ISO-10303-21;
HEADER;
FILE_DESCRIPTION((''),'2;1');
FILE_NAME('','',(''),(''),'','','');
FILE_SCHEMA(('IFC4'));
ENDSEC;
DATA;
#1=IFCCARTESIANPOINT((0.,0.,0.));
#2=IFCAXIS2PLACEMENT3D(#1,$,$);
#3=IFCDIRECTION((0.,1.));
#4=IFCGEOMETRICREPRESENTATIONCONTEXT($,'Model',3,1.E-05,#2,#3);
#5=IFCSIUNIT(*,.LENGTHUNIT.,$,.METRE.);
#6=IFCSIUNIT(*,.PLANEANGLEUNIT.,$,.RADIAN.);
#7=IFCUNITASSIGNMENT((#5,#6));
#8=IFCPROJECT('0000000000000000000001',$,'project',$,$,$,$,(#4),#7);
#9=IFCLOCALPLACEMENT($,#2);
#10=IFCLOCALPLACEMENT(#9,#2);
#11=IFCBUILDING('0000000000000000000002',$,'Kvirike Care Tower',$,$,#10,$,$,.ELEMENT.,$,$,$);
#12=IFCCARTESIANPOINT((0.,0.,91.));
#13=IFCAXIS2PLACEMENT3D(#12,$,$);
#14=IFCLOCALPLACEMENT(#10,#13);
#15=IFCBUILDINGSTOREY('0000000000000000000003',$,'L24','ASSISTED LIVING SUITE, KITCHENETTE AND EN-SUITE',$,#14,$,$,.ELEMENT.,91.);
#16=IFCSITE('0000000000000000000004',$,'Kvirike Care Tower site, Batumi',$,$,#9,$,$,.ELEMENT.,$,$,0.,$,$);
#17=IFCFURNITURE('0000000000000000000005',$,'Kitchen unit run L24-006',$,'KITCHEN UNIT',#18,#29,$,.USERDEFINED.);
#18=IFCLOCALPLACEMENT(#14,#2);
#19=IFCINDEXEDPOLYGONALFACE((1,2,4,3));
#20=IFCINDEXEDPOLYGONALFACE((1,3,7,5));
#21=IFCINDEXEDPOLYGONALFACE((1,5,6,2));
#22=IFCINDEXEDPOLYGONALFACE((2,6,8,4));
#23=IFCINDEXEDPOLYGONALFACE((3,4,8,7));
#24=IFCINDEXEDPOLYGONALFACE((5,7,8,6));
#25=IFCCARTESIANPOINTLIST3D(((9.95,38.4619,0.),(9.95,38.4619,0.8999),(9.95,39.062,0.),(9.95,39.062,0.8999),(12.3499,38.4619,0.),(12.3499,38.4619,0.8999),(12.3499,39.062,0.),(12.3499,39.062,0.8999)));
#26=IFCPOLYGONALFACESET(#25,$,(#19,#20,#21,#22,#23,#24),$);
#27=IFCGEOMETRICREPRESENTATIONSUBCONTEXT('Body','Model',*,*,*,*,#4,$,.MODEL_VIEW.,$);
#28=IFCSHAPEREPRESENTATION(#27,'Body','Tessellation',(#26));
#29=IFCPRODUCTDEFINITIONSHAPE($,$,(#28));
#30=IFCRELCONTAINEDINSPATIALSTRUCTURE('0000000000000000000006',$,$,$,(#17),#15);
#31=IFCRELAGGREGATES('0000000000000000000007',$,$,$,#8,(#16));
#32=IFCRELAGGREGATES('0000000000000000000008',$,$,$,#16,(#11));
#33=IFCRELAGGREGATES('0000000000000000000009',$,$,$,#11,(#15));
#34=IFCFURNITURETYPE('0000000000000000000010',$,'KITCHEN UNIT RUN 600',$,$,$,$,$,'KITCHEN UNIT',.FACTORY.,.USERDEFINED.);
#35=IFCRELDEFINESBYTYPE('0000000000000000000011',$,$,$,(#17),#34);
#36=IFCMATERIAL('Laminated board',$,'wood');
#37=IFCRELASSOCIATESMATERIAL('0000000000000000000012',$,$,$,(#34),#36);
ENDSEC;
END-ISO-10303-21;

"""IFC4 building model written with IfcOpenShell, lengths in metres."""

from ifc_helpers import new_model, si_unit, direction, frame, origin, origin_2d, place, context, subcontext, project, spatial, rectangle, extrude, material, type_object, element, save


model = new_model("IFC4")

# Units and contexts
model_context = context("Model", 3, precision=1e-05, world=origin(), true_north=direction((0.0, 1.0)))
body_context = subcontext(model_context, "Body", "Model", "MODEL_VIEW")
ifc_project = project(units=[si_unit("LENGTHUNIT", "METRE"), si_unit("PLANEANGLEUNIT", "RADIAN")], contexts=[model_context])

# Site, building, storey
site_placement = place(None, origin())
site = spatial("IfcSite", under=ifc_project, at=site_placement, Name="Kvirike Care Tower site, Batumi", CompositionType="ELEMENT", RefElevation=0.0)
building_placement = place(site_placement, origin())
building = spatial("IfcBuilding", under=site, at=building_placement, Name="Kvirike Care Tower", CompositionType="ELEMENT")
storey_placement = place(building_placement, frame((0.0, 0.0, 91.0)))
storey = spatial("IfcBuildingStorey", under=building, at=storey_placement, Name="L24", Description="ASSISTED LIVING SUITE, KITCHENETTE AND EN-SUITE", CompositionType="ELEMENT", Elevation=91.0)

# Furniture
ifc_material_1 = material(Name="Laminated board", Category="wood")
furniture_type = type_object("IfcFurnitureType", Name="KITCHEN UNIT RUN 600", ElementType="KITCHEN UNIT", AssemblyPlace="FACTORY", PredefinedType="USERDEFINED", material=ifc_material_1)
furniture_placement = place(storey_placement, frame((11.1499, 38.762, 0.0), z_axis=(0.0, 0.0, 1.0), x_axis=(-1.0, 0.0, 0.0)))
element("IfcFurniture", 1, at=furniture_placement, inside=storey, type_object=furniture_type, Name="Kitchen unit run L24-006", ObjectType="KITCHEN UNIT", PredefinedType="USERDEFINED", context=body_context, shape_type="SweptSolid", body=[
    extrude(rectangle(XDim=2.3999, YDim=0.6001, at=origin_2d()), origin(), (0.0, 0.0, 1.0), 0.8999),
])

save(model, "model.ifc")
